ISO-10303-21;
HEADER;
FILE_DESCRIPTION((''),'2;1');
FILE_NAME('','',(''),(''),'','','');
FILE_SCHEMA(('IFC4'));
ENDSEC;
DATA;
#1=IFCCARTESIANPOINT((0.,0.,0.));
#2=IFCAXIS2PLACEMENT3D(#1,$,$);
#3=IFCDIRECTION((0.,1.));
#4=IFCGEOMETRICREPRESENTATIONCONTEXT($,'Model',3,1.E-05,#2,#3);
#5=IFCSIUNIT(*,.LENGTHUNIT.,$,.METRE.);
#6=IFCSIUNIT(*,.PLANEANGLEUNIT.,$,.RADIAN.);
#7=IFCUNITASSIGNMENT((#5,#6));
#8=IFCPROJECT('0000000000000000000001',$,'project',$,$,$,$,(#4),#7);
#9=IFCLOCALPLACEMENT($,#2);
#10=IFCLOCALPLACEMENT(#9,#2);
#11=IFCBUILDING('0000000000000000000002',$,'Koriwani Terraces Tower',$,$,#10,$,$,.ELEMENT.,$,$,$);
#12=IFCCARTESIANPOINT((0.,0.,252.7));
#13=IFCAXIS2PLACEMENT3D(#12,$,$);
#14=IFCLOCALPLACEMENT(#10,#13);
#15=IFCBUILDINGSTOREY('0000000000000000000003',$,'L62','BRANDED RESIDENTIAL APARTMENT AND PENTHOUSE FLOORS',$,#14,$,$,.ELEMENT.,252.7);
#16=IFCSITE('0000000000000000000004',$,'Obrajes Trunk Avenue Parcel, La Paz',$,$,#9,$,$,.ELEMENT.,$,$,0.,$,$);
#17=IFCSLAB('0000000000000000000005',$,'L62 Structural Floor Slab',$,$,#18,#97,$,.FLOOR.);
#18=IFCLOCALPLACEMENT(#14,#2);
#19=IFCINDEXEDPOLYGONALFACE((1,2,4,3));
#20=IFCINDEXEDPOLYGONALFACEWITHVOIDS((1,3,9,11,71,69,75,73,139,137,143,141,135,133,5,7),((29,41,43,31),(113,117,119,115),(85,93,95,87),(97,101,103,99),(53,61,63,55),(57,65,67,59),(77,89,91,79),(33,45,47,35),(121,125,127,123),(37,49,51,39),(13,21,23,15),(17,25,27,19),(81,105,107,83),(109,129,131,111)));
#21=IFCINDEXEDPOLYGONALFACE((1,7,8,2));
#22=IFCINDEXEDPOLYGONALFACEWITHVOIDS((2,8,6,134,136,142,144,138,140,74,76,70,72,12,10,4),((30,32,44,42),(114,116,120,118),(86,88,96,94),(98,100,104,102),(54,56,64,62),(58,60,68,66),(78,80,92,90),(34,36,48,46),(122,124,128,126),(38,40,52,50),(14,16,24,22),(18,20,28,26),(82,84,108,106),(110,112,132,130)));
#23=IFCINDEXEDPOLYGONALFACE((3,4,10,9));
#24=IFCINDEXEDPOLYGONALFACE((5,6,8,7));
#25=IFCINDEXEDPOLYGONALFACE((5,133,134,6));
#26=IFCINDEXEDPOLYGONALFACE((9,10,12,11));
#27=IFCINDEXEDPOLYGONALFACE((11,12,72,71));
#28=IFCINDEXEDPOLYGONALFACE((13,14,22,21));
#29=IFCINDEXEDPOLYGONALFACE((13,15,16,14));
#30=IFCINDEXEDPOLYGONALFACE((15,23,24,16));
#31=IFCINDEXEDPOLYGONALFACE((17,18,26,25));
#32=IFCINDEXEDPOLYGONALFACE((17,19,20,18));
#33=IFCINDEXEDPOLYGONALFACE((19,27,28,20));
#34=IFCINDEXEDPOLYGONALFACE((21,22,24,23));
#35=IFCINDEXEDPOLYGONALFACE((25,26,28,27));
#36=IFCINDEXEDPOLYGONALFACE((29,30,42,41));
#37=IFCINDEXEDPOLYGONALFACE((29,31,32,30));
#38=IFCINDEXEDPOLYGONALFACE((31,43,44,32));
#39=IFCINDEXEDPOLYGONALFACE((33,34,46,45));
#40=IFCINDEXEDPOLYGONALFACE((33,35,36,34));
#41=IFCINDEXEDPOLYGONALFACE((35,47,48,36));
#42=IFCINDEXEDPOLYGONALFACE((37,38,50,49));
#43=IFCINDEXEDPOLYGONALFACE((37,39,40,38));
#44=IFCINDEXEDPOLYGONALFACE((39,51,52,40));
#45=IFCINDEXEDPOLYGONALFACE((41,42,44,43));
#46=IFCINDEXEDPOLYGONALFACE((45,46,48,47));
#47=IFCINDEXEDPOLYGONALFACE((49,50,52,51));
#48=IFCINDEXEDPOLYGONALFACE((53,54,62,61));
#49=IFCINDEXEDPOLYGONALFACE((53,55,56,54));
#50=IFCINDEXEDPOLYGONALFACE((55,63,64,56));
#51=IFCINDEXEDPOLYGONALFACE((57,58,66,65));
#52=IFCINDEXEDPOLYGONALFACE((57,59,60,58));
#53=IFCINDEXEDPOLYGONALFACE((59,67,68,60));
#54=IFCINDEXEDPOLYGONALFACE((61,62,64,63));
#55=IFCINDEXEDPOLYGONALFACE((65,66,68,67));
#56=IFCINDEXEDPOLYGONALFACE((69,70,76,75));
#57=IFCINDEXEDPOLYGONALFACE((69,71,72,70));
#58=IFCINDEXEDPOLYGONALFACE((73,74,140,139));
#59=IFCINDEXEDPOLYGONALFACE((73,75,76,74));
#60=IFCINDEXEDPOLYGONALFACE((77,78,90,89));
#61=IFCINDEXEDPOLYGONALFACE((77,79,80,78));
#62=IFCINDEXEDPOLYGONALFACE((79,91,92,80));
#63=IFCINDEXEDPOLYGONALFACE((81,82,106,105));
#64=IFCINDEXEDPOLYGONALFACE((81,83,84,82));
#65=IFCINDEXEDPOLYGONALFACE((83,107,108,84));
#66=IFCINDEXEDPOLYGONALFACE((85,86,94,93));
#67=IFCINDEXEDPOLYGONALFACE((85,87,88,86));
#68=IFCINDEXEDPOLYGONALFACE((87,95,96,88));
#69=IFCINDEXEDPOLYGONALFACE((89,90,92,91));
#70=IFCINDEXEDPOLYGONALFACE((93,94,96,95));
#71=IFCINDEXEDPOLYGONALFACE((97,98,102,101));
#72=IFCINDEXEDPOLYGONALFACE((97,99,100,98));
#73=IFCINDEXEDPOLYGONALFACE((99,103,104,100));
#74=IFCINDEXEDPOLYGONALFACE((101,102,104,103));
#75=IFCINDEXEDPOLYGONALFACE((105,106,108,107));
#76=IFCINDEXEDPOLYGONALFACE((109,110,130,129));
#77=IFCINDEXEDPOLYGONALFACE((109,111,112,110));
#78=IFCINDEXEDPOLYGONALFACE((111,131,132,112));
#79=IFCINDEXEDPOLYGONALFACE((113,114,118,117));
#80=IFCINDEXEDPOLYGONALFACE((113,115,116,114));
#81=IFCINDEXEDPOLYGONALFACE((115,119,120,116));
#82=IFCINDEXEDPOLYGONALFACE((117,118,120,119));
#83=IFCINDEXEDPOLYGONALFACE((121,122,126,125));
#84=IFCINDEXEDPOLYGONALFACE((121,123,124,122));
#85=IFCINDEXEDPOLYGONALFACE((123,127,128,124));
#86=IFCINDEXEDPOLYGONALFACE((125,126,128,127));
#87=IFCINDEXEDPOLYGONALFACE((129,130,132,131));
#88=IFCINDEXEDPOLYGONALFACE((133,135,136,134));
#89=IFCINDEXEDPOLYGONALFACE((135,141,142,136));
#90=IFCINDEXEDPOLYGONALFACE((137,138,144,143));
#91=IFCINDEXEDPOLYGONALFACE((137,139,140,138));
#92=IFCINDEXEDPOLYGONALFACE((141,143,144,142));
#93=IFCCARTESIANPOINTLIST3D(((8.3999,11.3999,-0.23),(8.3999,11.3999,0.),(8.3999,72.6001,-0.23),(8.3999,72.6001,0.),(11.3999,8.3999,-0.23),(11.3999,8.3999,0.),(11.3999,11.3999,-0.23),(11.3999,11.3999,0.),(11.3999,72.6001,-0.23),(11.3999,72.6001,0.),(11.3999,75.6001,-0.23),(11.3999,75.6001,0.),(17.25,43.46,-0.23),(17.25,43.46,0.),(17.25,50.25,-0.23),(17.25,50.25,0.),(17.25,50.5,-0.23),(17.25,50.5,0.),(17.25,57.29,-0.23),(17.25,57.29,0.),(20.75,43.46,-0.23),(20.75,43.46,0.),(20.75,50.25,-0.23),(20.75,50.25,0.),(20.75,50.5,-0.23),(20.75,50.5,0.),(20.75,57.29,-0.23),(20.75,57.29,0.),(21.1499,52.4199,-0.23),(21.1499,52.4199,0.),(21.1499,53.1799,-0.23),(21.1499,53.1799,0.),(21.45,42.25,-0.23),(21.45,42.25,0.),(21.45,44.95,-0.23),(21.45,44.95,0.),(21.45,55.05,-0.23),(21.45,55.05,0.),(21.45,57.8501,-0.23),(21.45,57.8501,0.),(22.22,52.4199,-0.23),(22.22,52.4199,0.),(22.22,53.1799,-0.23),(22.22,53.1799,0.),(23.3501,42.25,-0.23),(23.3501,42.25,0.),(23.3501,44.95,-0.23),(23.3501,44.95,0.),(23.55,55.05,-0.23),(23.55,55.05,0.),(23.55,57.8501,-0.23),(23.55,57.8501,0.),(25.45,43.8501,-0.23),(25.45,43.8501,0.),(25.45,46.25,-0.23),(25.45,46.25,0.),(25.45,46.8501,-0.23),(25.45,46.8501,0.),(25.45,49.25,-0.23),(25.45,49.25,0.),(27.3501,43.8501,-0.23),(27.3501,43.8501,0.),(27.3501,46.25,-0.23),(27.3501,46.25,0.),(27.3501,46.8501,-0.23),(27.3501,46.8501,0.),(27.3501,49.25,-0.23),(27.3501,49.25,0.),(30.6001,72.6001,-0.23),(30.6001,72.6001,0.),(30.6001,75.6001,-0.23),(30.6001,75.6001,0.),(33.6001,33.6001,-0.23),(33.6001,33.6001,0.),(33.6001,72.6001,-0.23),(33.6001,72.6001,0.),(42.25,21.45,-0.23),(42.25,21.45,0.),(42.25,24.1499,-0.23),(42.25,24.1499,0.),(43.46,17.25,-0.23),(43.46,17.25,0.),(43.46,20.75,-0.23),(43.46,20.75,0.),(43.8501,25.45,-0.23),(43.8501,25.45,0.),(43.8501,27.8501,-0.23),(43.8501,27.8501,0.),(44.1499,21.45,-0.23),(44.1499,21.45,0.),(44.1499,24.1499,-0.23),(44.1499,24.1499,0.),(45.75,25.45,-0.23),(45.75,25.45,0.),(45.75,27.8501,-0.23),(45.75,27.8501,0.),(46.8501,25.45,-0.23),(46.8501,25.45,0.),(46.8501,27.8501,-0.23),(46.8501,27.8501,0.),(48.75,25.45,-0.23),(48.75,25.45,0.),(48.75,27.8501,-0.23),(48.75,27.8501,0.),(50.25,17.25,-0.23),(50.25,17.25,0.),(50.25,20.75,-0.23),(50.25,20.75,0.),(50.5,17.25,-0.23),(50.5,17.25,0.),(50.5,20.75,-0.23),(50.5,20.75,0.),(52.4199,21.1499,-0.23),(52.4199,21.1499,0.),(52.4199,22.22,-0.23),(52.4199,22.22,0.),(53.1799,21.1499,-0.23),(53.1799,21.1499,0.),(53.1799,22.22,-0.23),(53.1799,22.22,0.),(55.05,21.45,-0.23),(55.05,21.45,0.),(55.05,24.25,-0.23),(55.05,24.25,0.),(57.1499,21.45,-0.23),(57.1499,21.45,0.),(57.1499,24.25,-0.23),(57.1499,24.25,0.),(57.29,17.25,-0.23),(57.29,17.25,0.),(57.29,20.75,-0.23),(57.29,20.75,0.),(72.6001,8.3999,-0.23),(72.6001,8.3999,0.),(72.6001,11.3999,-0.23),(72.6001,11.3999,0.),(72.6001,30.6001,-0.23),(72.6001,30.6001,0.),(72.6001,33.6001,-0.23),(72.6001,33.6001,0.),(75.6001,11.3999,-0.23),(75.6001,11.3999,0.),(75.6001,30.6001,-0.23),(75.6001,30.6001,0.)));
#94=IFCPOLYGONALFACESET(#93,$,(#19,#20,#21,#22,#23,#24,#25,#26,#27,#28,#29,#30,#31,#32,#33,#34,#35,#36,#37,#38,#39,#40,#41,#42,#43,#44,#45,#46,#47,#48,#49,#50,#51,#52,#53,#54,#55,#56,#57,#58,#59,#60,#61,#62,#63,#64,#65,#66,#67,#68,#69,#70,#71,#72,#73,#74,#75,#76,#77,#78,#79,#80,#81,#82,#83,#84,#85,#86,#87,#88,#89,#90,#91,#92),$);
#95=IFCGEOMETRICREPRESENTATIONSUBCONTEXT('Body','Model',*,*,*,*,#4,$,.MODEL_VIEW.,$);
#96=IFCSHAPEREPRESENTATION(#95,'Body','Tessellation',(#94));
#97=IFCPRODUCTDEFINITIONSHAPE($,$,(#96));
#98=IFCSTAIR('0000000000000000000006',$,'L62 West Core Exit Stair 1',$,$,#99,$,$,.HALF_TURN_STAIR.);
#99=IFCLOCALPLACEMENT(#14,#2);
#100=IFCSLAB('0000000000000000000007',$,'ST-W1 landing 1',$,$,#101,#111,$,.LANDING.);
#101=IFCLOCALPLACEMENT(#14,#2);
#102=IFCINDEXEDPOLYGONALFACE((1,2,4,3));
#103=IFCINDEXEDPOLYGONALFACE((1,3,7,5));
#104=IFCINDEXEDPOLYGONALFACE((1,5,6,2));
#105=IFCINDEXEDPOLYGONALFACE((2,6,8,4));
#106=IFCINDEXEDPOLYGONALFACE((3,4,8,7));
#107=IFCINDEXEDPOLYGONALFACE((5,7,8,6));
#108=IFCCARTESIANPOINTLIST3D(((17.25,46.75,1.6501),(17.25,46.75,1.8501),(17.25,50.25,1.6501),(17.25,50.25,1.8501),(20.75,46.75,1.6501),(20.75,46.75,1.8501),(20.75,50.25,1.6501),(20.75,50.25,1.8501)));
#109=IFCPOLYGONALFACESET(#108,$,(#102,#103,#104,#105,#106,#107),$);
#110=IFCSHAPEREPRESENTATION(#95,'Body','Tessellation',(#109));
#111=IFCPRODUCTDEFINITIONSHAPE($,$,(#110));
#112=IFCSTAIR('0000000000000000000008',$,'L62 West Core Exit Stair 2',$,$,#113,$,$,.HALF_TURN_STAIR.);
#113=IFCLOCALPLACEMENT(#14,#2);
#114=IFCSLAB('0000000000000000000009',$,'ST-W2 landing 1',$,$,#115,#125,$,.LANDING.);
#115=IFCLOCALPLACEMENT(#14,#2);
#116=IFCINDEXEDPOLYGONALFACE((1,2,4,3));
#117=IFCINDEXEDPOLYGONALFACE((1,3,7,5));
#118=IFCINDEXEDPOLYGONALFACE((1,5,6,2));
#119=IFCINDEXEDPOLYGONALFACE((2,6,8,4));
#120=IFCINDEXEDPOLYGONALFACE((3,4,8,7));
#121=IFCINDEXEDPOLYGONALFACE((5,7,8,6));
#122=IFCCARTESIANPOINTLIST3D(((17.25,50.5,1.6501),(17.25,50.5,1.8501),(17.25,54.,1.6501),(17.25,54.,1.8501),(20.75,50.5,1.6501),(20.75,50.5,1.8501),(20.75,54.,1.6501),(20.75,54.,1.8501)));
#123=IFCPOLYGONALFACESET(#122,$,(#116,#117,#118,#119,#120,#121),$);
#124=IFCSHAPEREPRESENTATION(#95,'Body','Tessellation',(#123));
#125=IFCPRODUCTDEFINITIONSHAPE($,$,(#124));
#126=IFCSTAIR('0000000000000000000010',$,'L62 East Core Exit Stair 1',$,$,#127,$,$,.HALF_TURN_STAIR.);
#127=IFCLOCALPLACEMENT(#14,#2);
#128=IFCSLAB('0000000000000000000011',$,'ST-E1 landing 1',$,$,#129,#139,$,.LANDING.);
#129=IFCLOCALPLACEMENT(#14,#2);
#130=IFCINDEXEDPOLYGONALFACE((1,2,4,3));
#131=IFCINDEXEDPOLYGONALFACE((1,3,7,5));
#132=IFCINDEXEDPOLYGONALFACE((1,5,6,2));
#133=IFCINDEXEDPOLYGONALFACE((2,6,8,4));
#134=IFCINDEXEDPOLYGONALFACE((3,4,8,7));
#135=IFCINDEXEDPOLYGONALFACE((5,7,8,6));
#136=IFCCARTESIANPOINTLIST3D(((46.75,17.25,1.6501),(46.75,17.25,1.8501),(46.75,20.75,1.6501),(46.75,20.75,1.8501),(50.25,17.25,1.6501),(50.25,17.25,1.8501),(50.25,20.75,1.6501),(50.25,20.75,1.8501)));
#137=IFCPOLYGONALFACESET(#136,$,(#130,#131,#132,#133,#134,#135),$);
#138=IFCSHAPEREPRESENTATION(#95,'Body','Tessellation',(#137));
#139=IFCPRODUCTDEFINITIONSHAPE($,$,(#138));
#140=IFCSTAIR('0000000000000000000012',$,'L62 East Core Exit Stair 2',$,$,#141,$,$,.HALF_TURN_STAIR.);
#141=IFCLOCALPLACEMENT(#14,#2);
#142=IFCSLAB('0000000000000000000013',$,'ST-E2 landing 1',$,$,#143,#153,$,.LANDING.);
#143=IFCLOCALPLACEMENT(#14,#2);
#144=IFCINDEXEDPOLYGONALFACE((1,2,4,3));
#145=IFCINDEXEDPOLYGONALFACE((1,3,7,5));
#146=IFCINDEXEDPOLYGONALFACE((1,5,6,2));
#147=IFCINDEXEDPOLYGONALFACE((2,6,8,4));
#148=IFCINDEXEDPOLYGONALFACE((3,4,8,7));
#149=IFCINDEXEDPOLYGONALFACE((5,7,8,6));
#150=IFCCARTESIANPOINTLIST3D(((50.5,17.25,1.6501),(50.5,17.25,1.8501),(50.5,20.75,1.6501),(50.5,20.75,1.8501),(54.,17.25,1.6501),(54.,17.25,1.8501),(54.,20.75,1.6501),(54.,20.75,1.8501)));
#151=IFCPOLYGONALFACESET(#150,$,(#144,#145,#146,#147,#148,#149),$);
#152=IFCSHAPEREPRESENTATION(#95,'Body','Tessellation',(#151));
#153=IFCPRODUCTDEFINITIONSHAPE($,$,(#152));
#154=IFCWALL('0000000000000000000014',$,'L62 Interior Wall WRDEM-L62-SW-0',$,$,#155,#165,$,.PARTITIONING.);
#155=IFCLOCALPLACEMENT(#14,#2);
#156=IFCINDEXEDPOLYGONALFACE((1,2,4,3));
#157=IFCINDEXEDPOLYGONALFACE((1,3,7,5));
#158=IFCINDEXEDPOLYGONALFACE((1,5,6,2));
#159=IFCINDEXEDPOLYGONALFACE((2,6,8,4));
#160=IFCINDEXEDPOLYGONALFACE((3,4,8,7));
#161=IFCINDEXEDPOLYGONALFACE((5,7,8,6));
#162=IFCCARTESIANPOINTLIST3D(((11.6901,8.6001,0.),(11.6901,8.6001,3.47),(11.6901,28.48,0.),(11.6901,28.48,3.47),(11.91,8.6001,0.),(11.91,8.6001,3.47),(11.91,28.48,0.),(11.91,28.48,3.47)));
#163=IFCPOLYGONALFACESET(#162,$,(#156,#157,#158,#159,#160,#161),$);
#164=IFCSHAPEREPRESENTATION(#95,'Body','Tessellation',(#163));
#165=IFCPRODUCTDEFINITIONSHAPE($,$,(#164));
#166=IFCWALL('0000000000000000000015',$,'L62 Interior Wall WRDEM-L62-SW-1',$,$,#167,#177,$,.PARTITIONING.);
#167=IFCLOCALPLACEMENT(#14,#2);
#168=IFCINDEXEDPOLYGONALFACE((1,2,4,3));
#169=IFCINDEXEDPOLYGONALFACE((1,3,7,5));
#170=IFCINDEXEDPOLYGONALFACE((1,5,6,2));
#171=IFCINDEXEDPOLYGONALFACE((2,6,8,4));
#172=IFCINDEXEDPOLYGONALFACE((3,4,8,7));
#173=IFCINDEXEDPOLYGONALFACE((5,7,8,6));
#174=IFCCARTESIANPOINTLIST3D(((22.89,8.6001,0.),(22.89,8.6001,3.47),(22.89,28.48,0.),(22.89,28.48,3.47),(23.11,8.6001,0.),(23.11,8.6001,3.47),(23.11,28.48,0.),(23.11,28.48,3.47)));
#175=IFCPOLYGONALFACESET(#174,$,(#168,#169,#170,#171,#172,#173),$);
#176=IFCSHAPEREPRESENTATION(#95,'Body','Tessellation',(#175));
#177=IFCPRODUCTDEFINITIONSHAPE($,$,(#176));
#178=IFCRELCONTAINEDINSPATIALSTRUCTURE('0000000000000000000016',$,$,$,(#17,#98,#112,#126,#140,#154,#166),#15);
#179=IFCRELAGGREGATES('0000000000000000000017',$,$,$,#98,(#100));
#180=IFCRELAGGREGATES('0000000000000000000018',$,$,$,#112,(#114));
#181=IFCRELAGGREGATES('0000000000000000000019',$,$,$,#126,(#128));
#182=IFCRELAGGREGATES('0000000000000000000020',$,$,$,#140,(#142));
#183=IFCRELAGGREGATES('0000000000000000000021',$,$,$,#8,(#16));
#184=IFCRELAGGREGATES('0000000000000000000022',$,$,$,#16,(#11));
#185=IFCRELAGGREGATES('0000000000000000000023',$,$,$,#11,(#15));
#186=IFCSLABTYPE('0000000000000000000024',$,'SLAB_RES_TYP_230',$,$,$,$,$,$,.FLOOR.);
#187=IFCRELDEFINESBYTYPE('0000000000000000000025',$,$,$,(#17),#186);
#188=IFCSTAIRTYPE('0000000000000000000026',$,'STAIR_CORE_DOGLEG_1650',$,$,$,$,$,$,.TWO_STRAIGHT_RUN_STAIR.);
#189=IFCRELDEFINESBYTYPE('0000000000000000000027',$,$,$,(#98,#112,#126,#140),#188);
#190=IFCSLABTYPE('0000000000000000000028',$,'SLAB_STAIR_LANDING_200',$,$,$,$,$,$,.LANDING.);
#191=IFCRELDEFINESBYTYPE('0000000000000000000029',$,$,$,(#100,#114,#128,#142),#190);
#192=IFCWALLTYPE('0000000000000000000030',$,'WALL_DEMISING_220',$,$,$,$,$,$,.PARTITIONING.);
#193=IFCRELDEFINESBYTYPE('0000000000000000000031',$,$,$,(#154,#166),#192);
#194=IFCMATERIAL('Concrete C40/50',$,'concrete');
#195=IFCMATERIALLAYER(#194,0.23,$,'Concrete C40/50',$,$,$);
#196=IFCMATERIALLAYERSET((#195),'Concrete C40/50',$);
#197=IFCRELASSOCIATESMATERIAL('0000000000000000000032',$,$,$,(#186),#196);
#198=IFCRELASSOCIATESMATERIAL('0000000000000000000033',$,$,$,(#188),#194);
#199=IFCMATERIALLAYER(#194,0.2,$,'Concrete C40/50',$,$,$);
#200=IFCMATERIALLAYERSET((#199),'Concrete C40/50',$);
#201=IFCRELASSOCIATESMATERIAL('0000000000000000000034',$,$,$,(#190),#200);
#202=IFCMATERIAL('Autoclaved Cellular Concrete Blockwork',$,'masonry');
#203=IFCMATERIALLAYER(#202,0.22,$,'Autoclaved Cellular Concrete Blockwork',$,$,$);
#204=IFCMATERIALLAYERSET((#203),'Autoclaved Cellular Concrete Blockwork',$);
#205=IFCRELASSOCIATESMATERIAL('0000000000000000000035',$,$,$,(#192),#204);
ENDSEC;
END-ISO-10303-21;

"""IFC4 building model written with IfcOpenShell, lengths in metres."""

from ifc_helpers import new_model, si_unit, direction, frame, frame_2d, origin, place, context, subcontext, project, spatial, polyline, rectangle, outline, extrude, material, layer, layer_set, type_object, element, aggregate, save


model = new_model("IFC4")

# Units and contexts
model_context = context("Model", 3, precision=1e-05, world=origin(), true_north=direction((0.0, 1.0)))
body_context = subcontext(model_context, "Body", "Model", "MODEL_VIEW")
ifc_project = project(units=[si_unit("LENGTHUNIT", "METRE"), si_unit("PLANEANGLEUNIT", "RADIAN")], contexts=[model_context])

# Site, building, storey
site_placement = place(None, origin())
site = spatial("IfcSite", under=ifc_project, at=site_placement, Name="Obrajes Trunk Avenue Parcel, La Paz", CompositionType="ELEMENT", RefElevation=0.0)
building_placement = place(site_placement, origin())
building = spatial("IfcBuilding", under=site, at=building_placement, Name="Koriwani Terraces Tower", CompositionType="ELEMENT")
storey_placement = place(building_placement, frame((0.0, 0.0, 252.7)))
storey = spatial("IfcBuildingStorey", under=building, at=storey_placement, Name="L62", Description="BRANDED RESIDENTIAL APARTMENT AND PENTHOUSE FLOORS", CompositionType="ELEMENT", Elevation=252.7)

# Shared definitions
ifc_material_1 = material(Name="Concrete C40/50", Category="concrete")

# Slab
ifc_layer_1 = layer(ifc_material_1, 0.23, Name="Concrete C40/50")
ifc_layer_set_1 = layer_set([ifc_layer_1], Name="Concrete C40/50")
slab_type_1 = type_object("IfcSlabType", Name="SLAB_RES_TYP_230", PredefinedType="FLOOR", material=ifc_layer_set_1)
slab_1_placement = place(storey_placement, frame((0.0, 0.0, -0.23)))
element("IfcSlab", 1, at=slab_1_placement, inside=storey, type_object=slab_type_1, Name="L62 Structural Floor Slab", PredefinedType="FLOOR", context=body_context, shape_type="SweptSolid", body=[
    extrude(outline(polyline([(11.3999, 8.3999), (72.6001, 8.3999), (72.6001, 11.3999), (75.6001, 11.3999), (75.6001, 30.6001), (72.6001, 30.6001), (72.6001, 33.6001), (33.6001, 33.6001), (33.6001, 72.6001), (30.6001, 72.6001), (30.6001, 75.6001), (11.3999, 75.6001), (11.3999, 72.6001), (8.3999, 72.6001), (8.3999, 11.3999), (11.3999, 11.3999), (11.3999, 8.3999)]), holes=[polyline([(17.25, 43.46), (20.75, 43.46), (20.75, 50.25), (17.25, 50.25), (17.25, 43.46)]), polyline([(17.25, 50.5), (20.75, 50.5), (20.75, 57.29), (17.25, 57.29), (17.25, 50.5)]), polyline([(43.46, 17.25), (50.25, 17.25), (50.25, 20.75), (43.46, 20.75), (43.46, 17.25)]), polyline([(50.5, 17.25), (57.29, 17.25), (57.29, 20.75), (50.5, 20.75), (50.5, 17.25)]), polyline([(25.45, 43.8501), (27.3501, 43.8501), (27.3501, 46.25), (25.45, 46.25), (25.45, 43.8501)]), polyline([(25.45, 46.8501), (27.3501, 46.8501), (27.3501, 49.25), (25.45, 49.25), (25.45, 46.8501)]), polyline([(43.8501, 25.45), (45.75, 25.45), (45.75, 27.8501), (43.8501, 27.8501), (43.8501, 25.45)]), polyline([(46.8501, 25.45), (48.75, 25.45), (48.75, 27.8501), (46.8501, 27.8501), (46.8501, 25.45)]), polyline([(21.45, 55.05), (23.55, 55.05), (23.55, 57.8501), (21.45, 57.8501), (21.45, 55.05)]), polyline([(55.05, 21.45), (57.1499, 21.45), (57.1499, 24.25), (55.05, 24.25), (55.05, 21.45)]), polyline([(21.45, 42.25), (23.3501, 42.25), (23.3501, 44.95), (21.45, 44.95), (21.45, 42.25)]), polyline([(42.25, 21.45), (44.1499, 21.45), (44.1499, 24.1499), (42.25, 24.1499), (42.25, 21.45)]), polyline([(21.1499, 52.4199), (22.22, 52.4199), (22.22, 53.1799), (21.1499, 53.1799), (21.1499, 52.4199)]), polyline([(52.4199, 21.1499), (53.1799, 21.1499), (53.1799, 22.22), (52.4199, 22.22), (52.4199, 21.1499)])]), origin(), (0.0, 0.0, 1.0), 0.23),
])

# Stairs, slabs
stair_type = type_object("IfcStairType", Name="STAIR_CORE_DOGLEG_1650", PredefinedType="TWO_STRAIGHT_RUN_STAIR", material=ifc_material_1)
stair_1_placement = place(storey_placement, origin())
stair_1 = element("IfcStair", 2, at=stair_1_placement, inside=storey, type_object=stair_type, Name="L62 West Core Exit Stair 1", PredefinedType="HALF_TURN_STAIR")
ifc_layer_2 = layer(ifc_material_1, 0.2, Name="Concrete C40/50")
ifc_layer_set_2 = layer_set([ifc_layer_2], Name="Concrete C40/50")
slab_type_2 = type_object("IfcSlabType", Name="SLAB_STAIR_LANDING_200", PredefinedType="LANDING", material=ifc_layer_set_2)
slab_2_placement = place(storey_placement, frame((0.0, 0.0, 1.6501)))
slab_2 = element("IfcSlab", 3, at=slab_2_placement, type_object=slab_type_2, Name="ST-W1 landing 1", PredefinedType="LANDING", context=body_context, shape_type="SweptSolid", body=[
    extrude(outline(polyline([(20.75, 46.75), (20.75, 50.25), (17.25, 50.25), (17.25, 46.75), (20.75, 46.75)])), origin(), (0.0, 0.0, 1.0), 0.2),
])
aggregate(stair_1, [slab_2])
stair_2_placement = place(storey_placement, origin())
stair_2 = element("IfcStair", 4, at=stair_2_placement, inside=storey, type_object=stair_type, Name="L62 West Core Exit Stair 2", PredefinedType="HALF_TURN_STAIR")
slab_3_placement = place(storey_placement, frame((0.0, 0.0, 1.6501)))
slab_3 = element("IfcSlab", 5, at=slab_3_placement, type_object=slab_type_2, Name="ST-W2 landing 1", PredefinedType="LANDING", context=body_context, shape_type="SweptSolid", body=[
    extrude(outline(polyline([(17.25, 54.0), (17.25, 50.5), (20.75, 50.5), (20.75, 54.0), (17.25, 54.0)])), origin(), (0.0, 0.0, 1.0), 0.2),
])
aggregate(stair_2, [slab_3])
stair_3_placement = place(storey_placement, origin())
stair_3 = element("IfcStair", 6, at=stair_3_placement, inside=storey, type_object=stair_type, Name="L62 East Core Exit Stair 1", PredefinedType="HALF_TURN_STAIR")
slab_4_placement = place(storey_placement, frame((0.0, 0.0, 1.6501)))
slab_4 = element("IfcSlab", 7, at=slab_4_placement, type_object=slab_type_2, Name="ST-E1 landing 1", PredefinedType="LANDING", context=body_context, shape_type="SweptSolid", body=[
    extrude(outline(polyline([(46.75, 17.25), (50.25, 17.25), (50.25, 20.75), (46.75, 20.75), (46.75, 17.25)])), origin(), (0.0, 0.0, 1.0), 0.2),
])
aggregate(stair_3, [slab_4])
stair_4_placement = place(storey_placement, origin())
stair_4 = element("IfcStair", 8, at=stair_4_placement, inside=storey, type_object=stair_type, Name="L62 East Core Exit Stair 2", PredefinedType="HALF_TURN_STAIR")
slab_5_placement = place(storey_placement, frame((0.0, 0.0, 1.6501)))
slab_5 = element("IfcSlab", 9, at=slab_5_placement, type_object=slab_type_2, Name="ST-E2 landing 1", PredefinedType="LANDING", context=body_context, shape_type="SweptSolid", body=[
    extrude(outline(polyline([(54.0, 20.75), (50.5, 20.75), (50.5, 17.25), (54.0, 17.25), (54.0, 20.75)])), origin(), (0.0, 0.0, 1.0), 0.2),
])
aggregate(stair_4, [slab_5])

# Walls
ifc_material_2 = material(Name="Autoclaved Cellular Concrete Blockwork", Category="masonry")
ifc_layer_3 = layer(ifc_material_2, 0.22, Name="Autoclaved Cellular Concrete Blockwork")
ifc_layer_set_3 = layer_set([ifc_layer_3], Name="Autoclaved Cellular Concrete Blockwork")
wall_type_1 = type_object("IfcWallType", Name="WALL_DEMISING_220", PredefinedType="PARTITIONING", material=ifc_layer_set_3)
for number, where, z_axis, x_axis, name in (
    (10, (11.8, 8.6001, 0.0), (0.0, 0.0, 1.0), (0.0, 1.0, 0.0), "L62 Interior Wall WRDEM-L62-SW-0"),
    (11, (23.0, 8.6001, 0.0), (0.0, 0.0, 1.0), (0.0, 1.0, 0.0), "L62 Interior Wall WRDEM-L62-SW-1"),
):
    element("IfcWall", number, at=place(storey_placement, frame(where, z_axis=z_axis, x_axis=x_axis)), inside=storey, type_object=wall_type_1, Name=name, PredefinedType="PARTITIONING", context=body_context, shape_type="SweptSolid", body=[
        extrude(rectangle(XDim=19.8799, YDim=0.22, at=frame_2d((9.9399, 0.0))), origin(), (0.0, 0.0, 1.0), 3.47),
    ])

save(model, "model.ifc")
